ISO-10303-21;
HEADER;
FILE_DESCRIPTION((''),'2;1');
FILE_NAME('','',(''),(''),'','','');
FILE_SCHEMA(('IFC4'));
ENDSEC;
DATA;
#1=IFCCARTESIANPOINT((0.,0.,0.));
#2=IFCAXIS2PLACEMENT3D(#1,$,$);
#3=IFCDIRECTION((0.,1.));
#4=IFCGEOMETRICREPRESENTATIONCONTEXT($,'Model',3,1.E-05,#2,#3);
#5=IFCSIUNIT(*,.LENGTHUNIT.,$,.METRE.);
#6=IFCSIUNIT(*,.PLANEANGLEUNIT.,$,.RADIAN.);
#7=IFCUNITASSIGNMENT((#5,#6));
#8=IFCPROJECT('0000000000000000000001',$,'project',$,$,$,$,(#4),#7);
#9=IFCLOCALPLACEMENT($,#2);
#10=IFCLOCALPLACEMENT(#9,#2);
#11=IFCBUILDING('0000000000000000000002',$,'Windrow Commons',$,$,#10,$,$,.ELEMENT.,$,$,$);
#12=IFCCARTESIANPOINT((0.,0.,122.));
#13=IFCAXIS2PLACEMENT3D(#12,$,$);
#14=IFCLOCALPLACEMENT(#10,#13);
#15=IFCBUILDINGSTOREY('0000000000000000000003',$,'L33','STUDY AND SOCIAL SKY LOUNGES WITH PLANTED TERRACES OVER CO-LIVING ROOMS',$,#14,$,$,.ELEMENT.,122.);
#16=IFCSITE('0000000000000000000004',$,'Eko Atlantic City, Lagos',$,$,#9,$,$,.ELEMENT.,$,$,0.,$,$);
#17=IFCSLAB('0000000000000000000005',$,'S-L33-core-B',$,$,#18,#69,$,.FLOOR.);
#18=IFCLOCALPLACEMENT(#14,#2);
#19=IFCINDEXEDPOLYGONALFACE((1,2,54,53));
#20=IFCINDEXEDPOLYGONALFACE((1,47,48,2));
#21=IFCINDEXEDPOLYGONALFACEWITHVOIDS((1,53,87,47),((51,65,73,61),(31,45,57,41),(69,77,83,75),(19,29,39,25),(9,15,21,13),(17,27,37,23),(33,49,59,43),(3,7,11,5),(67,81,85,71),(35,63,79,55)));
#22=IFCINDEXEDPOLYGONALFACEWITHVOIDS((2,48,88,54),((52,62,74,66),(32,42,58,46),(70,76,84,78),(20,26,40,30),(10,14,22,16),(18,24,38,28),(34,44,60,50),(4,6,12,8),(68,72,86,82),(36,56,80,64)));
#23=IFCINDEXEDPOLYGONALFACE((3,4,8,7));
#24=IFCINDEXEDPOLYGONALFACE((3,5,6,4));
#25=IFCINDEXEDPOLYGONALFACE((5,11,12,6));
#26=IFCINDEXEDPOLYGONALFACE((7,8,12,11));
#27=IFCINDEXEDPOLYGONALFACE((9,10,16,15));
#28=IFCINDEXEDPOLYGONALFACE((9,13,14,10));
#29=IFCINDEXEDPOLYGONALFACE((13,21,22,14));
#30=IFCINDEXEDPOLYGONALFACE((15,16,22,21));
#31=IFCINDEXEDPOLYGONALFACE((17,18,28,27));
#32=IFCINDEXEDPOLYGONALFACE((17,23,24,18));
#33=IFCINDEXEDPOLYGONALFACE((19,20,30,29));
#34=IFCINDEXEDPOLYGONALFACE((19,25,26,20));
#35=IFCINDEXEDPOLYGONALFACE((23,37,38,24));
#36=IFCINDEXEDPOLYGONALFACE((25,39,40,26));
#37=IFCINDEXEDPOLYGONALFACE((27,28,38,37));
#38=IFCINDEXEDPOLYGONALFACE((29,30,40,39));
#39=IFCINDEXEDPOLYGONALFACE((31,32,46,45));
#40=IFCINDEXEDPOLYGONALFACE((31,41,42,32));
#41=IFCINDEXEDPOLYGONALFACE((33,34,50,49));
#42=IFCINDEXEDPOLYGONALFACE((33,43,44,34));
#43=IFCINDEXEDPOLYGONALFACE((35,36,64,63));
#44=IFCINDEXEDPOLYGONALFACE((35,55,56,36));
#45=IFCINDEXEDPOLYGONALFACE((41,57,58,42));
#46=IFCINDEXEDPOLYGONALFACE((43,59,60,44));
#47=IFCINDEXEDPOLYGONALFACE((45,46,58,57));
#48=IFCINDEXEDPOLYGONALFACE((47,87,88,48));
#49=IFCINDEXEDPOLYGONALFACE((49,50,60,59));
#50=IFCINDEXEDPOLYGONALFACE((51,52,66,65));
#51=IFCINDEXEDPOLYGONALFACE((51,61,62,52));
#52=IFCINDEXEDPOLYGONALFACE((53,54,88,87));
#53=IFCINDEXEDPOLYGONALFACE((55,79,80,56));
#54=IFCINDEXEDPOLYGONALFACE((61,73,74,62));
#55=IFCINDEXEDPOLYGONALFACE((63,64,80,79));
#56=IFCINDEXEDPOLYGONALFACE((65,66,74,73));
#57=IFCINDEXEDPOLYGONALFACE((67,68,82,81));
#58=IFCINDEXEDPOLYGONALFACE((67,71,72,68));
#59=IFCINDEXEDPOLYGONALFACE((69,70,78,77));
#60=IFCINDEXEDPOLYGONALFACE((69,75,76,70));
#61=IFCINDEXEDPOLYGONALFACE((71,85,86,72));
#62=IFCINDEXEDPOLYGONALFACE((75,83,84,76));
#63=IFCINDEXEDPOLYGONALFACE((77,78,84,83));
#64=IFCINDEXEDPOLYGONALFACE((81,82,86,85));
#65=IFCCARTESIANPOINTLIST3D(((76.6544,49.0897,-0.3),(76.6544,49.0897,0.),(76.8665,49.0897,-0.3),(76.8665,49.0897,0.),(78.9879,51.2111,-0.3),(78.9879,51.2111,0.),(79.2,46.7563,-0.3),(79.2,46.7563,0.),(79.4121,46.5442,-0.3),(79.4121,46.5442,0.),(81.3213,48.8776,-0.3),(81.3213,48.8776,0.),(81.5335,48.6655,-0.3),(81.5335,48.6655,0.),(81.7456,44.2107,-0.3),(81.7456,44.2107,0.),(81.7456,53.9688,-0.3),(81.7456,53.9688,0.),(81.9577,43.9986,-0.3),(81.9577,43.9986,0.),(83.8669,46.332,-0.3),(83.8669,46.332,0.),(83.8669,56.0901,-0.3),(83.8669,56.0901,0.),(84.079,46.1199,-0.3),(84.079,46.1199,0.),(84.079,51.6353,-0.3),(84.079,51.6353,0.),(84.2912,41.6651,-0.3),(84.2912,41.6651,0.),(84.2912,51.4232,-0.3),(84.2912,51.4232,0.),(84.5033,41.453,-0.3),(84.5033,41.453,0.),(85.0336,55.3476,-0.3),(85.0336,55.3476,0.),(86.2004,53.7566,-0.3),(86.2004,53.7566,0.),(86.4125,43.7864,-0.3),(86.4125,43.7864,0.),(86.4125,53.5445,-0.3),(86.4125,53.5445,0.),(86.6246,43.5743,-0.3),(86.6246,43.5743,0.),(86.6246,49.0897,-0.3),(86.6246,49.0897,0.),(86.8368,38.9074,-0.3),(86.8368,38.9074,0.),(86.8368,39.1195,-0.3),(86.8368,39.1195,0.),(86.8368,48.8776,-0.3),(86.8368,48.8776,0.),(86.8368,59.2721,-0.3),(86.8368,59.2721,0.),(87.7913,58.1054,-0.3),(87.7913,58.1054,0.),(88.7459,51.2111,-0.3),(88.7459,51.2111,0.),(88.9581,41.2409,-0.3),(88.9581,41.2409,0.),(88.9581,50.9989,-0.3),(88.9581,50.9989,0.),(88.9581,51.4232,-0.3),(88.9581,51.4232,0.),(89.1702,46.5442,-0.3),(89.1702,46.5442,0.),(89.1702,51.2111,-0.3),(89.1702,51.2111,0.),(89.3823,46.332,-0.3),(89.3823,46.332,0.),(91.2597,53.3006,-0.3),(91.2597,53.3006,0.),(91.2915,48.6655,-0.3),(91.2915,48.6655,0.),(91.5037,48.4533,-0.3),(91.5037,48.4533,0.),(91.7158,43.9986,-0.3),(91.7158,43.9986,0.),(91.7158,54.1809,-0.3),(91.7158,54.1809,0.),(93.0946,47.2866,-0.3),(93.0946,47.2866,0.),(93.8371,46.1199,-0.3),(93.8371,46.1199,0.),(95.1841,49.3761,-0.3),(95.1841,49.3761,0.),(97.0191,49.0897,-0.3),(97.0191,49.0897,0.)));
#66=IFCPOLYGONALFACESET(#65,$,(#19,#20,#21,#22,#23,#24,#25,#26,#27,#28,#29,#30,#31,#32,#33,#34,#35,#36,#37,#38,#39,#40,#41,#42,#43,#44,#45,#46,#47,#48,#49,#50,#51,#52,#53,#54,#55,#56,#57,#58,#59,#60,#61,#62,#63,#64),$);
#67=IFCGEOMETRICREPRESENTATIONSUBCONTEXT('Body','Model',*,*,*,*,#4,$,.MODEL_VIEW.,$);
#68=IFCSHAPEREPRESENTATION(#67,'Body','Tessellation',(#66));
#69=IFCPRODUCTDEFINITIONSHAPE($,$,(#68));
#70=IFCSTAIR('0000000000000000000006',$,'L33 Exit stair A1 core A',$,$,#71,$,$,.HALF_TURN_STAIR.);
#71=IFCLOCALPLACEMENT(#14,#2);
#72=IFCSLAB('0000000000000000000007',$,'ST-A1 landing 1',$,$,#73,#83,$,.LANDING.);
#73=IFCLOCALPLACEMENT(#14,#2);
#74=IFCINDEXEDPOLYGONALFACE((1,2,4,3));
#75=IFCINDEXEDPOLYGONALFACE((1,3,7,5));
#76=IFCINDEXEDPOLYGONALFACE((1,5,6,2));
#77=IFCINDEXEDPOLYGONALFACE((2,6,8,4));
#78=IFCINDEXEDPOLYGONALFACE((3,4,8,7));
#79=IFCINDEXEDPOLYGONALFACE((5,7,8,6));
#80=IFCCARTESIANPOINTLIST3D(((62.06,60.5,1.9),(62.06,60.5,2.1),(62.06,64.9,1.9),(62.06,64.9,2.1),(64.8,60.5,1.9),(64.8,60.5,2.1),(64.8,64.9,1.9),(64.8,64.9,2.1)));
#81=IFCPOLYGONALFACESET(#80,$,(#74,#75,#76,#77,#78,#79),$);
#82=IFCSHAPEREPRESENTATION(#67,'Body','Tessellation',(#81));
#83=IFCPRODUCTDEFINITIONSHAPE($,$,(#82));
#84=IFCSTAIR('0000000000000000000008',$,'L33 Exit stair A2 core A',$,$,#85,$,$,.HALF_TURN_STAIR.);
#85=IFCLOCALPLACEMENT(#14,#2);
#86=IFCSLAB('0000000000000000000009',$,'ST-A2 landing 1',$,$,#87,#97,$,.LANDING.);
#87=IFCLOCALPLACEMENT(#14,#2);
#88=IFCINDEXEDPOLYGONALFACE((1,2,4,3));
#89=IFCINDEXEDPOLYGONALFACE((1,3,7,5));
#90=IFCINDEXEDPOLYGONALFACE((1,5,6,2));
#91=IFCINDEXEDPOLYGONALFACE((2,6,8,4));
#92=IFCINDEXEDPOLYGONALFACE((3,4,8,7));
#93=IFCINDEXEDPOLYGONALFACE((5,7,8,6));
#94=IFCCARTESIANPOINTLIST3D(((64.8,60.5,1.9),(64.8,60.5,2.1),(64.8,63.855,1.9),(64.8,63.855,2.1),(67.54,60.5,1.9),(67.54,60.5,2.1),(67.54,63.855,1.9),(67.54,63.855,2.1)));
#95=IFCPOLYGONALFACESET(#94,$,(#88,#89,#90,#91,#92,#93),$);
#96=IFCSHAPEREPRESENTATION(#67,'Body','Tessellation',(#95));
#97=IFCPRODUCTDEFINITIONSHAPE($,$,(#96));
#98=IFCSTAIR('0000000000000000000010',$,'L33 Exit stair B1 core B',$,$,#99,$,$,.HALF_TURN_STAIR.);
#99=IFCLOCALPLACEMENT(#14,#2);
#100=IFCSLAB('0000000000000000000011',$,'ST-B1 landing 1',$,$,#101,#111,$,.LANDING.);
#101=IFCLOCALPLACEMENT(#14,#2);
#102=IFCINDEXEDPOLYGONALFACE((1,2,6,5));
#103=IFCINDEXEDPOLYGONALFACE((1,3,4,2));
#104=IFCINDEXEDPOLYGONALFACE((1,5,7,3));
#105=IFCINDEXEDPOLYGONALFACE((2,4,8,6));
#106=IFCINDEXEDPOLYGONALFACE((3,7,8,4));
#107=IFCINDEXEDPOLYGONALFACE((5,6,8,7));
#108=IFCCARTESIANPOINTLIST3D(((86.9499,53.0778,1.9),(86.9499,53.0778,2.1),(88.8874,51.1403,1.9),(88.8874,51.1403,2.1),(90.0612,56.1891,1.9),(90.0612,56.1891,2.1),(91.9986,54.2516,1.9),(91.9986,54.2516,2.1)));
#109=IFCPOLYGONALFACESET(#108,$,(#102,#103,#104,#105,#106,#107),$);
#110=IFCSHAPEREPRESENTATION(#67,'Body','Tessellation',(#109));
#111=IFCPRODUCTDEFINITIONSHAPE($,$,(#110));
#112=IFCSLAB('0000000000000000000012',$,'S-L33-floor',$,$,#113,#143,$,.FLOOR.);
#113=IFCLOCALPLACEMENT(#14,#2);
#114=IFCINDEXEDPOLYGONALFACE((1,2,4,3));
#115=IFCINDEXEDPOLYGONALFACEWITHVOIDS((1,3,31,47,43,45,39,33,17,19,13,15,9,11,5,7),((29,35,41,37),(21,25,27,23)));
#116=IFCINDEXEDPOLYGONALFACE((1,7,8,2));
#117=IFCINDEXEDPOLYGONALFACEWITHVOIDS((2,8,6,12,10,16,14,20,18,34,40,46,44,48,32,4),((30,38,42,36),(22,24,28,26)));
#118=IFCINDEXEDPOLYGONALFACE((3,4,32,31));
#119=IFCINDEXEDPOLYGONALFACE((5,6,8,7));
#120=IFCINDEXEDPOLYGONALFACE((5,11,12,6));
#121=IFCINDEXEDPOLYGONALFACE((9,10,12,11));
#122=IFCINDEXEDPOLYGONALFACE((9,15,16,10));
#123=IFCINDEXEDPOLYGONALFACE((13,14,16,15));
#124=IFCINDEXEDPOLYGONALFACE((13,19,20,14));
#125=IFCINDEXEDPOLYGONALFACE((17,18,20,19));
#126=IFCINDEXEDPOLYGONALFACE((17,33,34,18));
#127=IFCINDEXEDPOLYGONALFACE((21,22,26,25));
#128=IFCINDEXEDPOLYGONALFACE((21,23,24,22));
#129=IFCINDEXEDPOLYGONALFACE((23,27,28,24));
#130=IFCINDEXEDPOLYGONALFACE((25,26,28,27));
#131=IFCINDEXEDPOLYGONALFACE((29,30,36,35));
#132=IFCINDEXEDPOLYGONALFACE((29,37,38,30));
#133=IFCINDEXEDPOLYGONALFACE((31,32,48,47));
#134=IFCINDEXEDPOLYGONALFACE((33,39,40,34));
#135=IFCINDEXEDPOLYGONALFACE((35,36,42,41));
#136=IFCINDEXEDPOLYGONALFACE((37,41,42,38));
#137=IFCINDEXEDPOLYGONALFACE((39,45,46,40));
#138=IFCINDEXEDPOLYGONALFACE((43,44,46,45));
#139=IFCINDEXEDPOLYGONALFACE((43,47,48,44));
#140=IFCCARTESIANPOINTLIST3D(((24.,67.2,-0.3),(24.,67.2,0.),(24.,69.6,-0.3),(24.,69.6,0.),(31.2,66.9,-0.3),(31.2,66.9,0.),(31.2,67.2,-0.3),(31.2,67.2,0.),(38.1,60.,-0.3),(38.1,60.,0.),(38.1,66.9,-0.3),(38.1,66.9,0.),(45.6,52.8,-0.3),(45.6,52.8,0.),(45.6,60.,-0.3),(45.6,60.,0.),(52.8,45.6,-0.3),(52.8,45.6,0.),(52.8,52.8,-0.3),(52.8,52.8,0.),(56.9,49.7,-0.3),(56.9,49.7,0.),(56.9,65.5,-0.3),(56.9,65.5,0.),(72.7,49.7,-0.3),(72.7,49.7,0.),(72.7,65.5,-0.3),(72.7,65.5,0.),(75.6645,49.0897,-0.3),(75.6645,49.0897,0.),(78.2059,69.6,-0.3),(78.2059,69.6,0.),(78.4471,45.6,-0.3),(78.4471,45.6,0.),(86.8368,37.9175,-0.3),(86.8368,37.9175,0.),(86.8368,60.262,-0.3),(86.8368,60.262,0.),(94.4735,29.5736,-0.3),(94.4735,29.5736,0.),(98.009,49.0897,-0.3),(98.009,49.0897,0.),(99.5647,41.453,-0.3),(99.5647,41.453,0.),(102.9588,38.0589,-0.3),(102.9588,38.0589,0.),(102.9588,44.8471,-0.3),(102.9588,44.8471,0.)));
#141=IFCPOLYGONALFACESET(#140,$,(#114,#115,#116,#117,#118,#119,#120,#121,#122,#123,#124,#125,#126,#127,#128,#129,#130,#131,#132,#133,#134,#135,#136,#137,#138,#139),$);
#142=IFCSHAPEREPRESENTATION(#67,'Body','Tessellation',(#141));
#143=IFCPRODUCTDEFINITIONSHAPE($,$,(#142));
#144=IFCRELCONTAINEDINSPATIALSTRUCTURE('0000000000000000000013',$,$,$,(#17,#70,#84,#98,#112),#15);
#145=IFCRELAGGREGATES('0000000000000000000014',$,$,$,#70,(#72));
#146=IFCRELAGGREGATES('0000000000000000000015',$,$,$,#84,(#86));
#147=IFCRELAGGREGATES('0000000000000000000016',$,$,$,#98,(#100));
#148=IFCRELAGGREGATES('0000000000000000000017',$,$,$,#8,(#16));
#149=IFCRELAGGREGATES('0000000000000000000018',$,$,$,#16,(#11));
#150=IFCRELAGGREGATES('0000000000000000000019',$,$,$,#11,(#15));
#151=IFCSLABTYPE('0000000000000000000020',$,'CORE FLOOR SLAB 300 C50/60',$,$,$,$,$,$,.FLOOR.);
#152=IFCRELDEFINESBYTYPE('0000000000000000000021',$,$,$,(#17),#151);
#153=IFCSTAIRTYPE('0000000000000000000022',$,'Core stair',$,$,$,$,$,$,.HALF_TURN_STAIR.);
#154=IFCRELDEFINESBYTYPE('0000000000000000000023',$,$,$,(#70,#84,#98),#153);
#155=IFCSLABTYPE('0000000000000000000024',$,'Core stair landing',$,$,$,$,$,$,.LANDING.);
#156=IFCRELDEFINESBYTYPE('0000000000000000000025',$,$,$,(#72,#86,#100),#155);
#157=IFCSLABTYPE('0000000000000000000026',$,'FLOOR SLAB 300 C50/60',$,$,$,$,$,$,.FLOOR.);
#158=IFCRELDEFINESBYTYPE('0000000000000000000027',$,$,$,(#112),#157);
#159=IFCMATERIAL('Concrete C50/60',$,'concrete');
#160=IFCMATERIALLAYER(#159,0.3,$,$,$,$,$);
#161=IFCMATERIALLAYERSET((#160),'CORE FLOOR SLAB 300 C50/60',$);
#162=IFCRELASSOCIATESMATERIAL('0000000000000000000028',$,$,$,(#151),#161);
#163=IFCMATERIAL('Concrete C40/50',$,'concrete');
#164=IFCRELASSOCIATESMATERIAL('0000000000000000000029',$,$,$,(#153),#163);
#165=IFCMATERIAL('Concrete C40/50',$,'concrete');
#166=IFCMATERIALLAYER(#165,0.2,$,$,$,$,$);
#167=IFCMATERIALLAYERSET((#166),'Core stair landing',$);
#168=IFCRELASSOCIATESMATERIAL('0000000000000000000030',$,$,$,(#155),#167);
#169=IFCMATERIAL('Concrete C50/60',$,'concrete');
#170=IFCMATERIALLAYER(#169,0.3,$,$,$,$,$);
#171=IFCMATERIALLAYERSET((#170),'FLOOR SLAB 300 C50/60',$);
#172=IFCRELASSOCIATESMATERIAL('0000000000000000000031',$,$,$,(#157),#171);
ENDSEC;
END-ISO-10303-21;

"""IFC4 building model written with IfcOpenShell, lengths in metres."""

from ifc_helpers import new_model, si_unit, direction, frame, origin, place, context, subcontext, project, spatial, polyline, outline, extrude, material, layer, layer_set, type_object, element, aggregate, save


model = new_model("IFC4")

# Units and contexts
model_context = context("Model", 3, precision=1e-05, world=origin(), true_north=direction((0.0, 1.0)))
body_context = subcontext(model_context, "Body", "Model", "MODEL_VIEW")
ifc_project = project(units=[si_unit("LENGTHUNIT", "METRE"), si_unit("PLANEANGLEUNIT", "RADIAN")], contexts=[model_context])

# Site, building, storey
site_placement = place(None, origin())
site = spatial("IfcSite", under=ifc_project, at=site_placement, Name="Eko Atlantic City, Lagos", CompositionType="ELEMENT", RefElevation=0.0)
building_placement = place(site_placement, origin())
building = spatial("IfcBuilding", under=site, at=building_placement, Name="Windrow Commons", CompositionType="ELEMENT")
storey_placement = place(building_placement, frame((0.0, 0.0, 122.0)))
storey = spatial("IfcBuildingStorey", under=building, at=storey_placement, Name="L33", Description="STUDY AND SOCIAL SKY LOUNGES WITH PLANTED TERRACES OVER CO-LIVING ROOMS", CompositionType="ELEMENT", Elevation=122.0)

# Slab, openings
ifc_material_1 = material(Name="Concrete C50/60", Category="concrete")
ifc_layer_1 = layer(ifc_material_1, 0.3)
ifc_layer_set_1 = layer_set([ifc_layer_1], Name="CORE FLOOR SLAB 300 C50/60")
slab_type_1 = type_object("IfcSlabType", Name="CORE FLOOR SLAB 300 C50/60", PredefinedType="FLOOR", material=ifc_layer_set_1)
placement_1 = place(storey_placement, frame((0.0, 0.0, -0.3)))
slab_1 = element("IfcSlab", 1, at=placement_1, inside=storey, type_object=slab_type_1, Name="S-L33-core-B", PredefinedType="FLOOR", context=body_context, shape_type="SweptSolid", body=[
    extrude(outline(polyline([(76.6544, 49.0897), (86.8368, 38.9074), (97.0191, 49.0897), (86.8368, 59.2721), (76.6544, 49.0897)]), holes=[polyline([(76.8665, 49.0897), (79.2, 46.7563), (81.3213, 48.8776), (78.9879, 51.2111), (76.8665, 49.0897)]), polyline([(79.4121, 46.5442), (81.7456, 44.2107), (83.8669, 46.332), (81.5335, 48.6655), (79.4121, 46.5442)]), polyline([(81.9577, 43.9986), (84.2912, 41.6651), (86.4125, 43.7864), (84.079, 46.1199), (81.9577, 43.9986)]), polyline([(84.5033, 41.453), (86.8368, 39.1195), (88.9581, 41.2409), (86.6246, 43.5743), (84.5033, 41.453)]), polyline([(81.7456, 53.9688), (84.079, 51.6353), (86.2004, 53.7566), (83.8669, 56.0901), (81.7456, 53.9688)]), polyline([(84.2912, 51.4232), (86.6246, 49.0897), (88.7459, 51.2111), (86.4125, 53.5445), (84.2912, 51.4232)]), polyline([(86.8368, 48.8776), (89.1702, 46.5442), (91.2915, 48.6655), (88.9581, 50.9989), (86.8368, 48.8776)]), polyline([(89.3823, 46.332), (91.7158, 43.9986), (93.8371, 46.1199), (91.5037, 48.4533), (89.3823, 46.332)]), polyline([(85.0336, 55.3476), (88.9581, 51.4232), (91.7158, 54.1809), (87.7913, 58.1054), (85.0336, 55.3476)]), polyline([(89.1702, 51.2111), (93.0946, 47.2866), (95.1841, 49.3761), (91.2597, 53.3006), (89.1702, 51.2111)])]), origin(), (0.0, 0.0, 1.0), 0.3),
])
opening_1_placement = place(placement_1, origin())
element("IfcOpeningElement", 2, at=opening_1_placement, cuts=slab_1, PredefinedType="OPENING", context=body_context, shape_type="SweptSolid", body=[
    extrude(outline(polyline([(76.8736, 49.0897), (78.9879, 51.204), (81.3142, 48.8776), (79.2, 46.7634), (76.8736, 49.0897)])), origin(), (0.0, 0.0, 1.0), 0.3),
])
opening_2_placement = place(placement_1, origin())
element("IfcOpeningElement", 3, at=opening_2_placement, cuts=slab_1, PredefinedType="OPENING", context=body_context, shape_type="SweptSolid", body=[
    extrude(outline(polyline([(79.4192, 46.5442), (81.5335, 48.6584), (83.8598, 46.332), (81.7456, 44.2178), (79.4192, 46.5442)])), origin(), (0.0, 0.0, 1.0), 0.3),
])
opening_3_placement = place(placement_1, origin())
element("IfcOpeningElement", 4, at=opening_3_placement, cuts=slab_1, PredefinedType="OPENING", context=body_context, shape_type="SweptSolid", body=[
    extrude(outline(polyline([(81.9648, 43.9986), (84.079, 46.1128), (86.4054, 43.7864), (84.2912, 41.6722), (81.9648, 43.9986)])), origin(), (0.0, 0.0, 1.0), 0.3),
])
opening_4_placement = place(placement_1, origin())
element("IfcOpeningElement", 5, at=opening_4_placement, cuts=slab_1, PredefinedType="OPENING", context=body_context, shape_type="SweptSolid", body=[
    extrude(outline(polyline([(84.5104, 41.453), (86.6246, 43.5672), (88.951, 41.2409), (86.8368, 39.1266), (84.5104, 41.453)])), origin(), (0.0, 0.0, 1.0), 0.3),
])
opening_5_placement = place(placement_1, origin())
element("IfcOpeningElement", 6, at=opening_5_placement, cuts=slab_1, PredefinedType="OPENING", context=body_context, shape_type="SweptSolid", body=[
    extrude(outline(polyline([(81.7527, 53.9688), (83.8669, 56.083), (86.1933, 53.7566), (84.079, 51.6424), (81.7527, 53.9688)])), origin(), (0.0, 0.0, 1.0), 0.3),
])
opening_6_placement = place(placement_1, origin())
element("IfcOpeningElement", 7, at=opening_6_placement, cuts=slab_1, PredefinedType="OPENING", context=body_context, shape_type="SweptSolid", body=[
    extrude(outline(polyline([(84.2983, 51.4232), (86.4125, 53.5374), (88.7388, 51.2111), (86.6246, 49.0968), (84.2983, 51.4232)])), origin(), (0.0, 0.0, 1.0), 0.3),
])
opening_7_placement = place(placement_1, origin())
element("IfcOpeningElement", 8, at=opening_7_placement, cuts=slab_1, PredefinedType="OPENING", context=body_context, shape_type="SweptSolid", body=[
    extrude(outline(polyline([(86.8439, 48.8776), (88.9581, 50.9918), (91.2844, 48.6655), (89.1702, 46.5513), (86.8439, 48.8776)])), origin(), (0.0, 0.0, 1.0), 0.3),
])
opening_8_placement = place(placement_1, origin())
element("IfcOpeningElement", 9, at=opening_8_placement, cuts=slab_1, PredefinedType="OPENING", context=body_context, shape_type="SweptSolid", body=[
    extrude(outline(polyline([(89.3894, 46.332), (91.5037, 48.4462), (93.83, 46.1199), (91.7158, 44.0057), (89.3894, 46.332)])), origin(), (0.0, 0.0, 1.0), 0.3),
])
opening_9_placement = place(placement_1, origin())
element("IfcOpeningElement", 10, at=opening_9_placement, cuts=slab_1, PredefinedType="OPENING", context=body_context, shape_type="SweptSolid", body=[
    extrude(outline(polyline([(85.0407, 55.3476), (87.7913, 58.0983), (91.7087, 54.1809), (88.9581, 51.4303), (85.0407, 55.3476)])), origin(), (0.0, 0.0, 1.0), 0.3),
])
opening_10_placement = place(placement_1, origin())
element("IfcOpeningElement", 11, at=opening_10_placement, cuts=slab_1, PredefinedType="OPENING", context=body_context, shape_type="SweptSolid", body=[
    extrude(outline(polyline([(89.1773, 51.2111), (91.2597, 53.2935), (95.177, 49.3761), (93.0946, 47.2937), (89.1773, 51.2111)])), origin(), (0.0, 0.0, 1.0), 0.3),
])

# Stairs, slabs
ifc_material_2 = material(Name="Concrete C40/50", Category="concrete")
stair_type = type_object("IfcStairType", Name="Core stair", PredefinedType="HALF_TURN_STAIR", material=ifc_material_2)
placement_2 = place(storey_placement, origin())
stair_1 = element("IfcStair", 12, at=placement_2, inside=storey, type_object=stair_type, Name="L33 Exit stair A1 core A", PredefinedType="HALF_TURN_STAIR")
ifc_material_3 = material(Name="Concrete C40/50", Category="concrete")
ifc_layer_2 = layer(ifc_material_3, 0.2)
ifc_layer_set_2 = layer_set([ifc_layer_2], Name="Core stair landing")
slab_type_2 = type_object("IfcSlabType", Name="Core stair landing", PredefinedType="LANDING", material=ifc_layer_set_2)
placement_3 = place(storey_placement, frame((0.0, 0.0, 1.9)))
slab_2 = element("IfcSlab", 13, at=placement_3, type_object=slab_type_2, Name="ST-A1 landing 1", PredefinedType="LANDING", context=body_context, shape_type="SweptSolid", body=[
    extrude(outline(polyline([(62.06, 60.5), (64.8, 60.5), (64.8, 64.9), (62.06, 64.9), (62.06, 60.5)])), origin(), (0.0, 0.0, 1.0), 0.2),
])
aggregate(stair_1, [slab_2])
stair_2 = element("IfcStair", 14, at=placement_2, inside=storey, type_object=stair_type, Name="L33 Exit stair A2 core A", PredefinedType="HALF_TURN_STAIR")
slab_3 = element("IfcSlab", 15, at=placement_3, type_object=slab_type_2, Name="ST-A2 landing 1", PredefinedType="LANDING", context=body_context, shape_type="SweptSolid", body=[
    extrude(outline(polyline([(64.8, 60.5), (67.54, 60.5), (67.54, 63.855), (64.8, 63.855), (64.8, 60.5)])), origin(), (0.0, 0.0, 1.0), 0.2),
])
aggregate(stair_2, [slab_3])
stair_3 = element("IfcStair", 16, at=placement_2, inside=storey, type_object=stair_type, Name="L33 Exit stair B1 core B", PredefinedType="HALF_TURN_STAIR")
slab_4 = element("IfcSlab", 17, at=placement_3, type_object=slab_type_2, Name="ST-B1 landing 1", PredefinedType="LANDING", context=body_context, shape_type="SweptSolid", body=[
    extrude(outline(polyline([(86.9499, 53.0778), (88.8874, 51.1403), (91.9986, 54.2516), (90.0612, 56.1891), (86.9499, 53.0778)])), origin(), (0.0, 0.0, 1.0), 0.2),
])
aggregate(stair_3, [slab_4])

# Slab, openings
ifc_material_4 = material(Name="Concrete C50/60", Category="concrete")
ifc_layer_3 = layer(ifc_material_4, 0.3)
ifc_layer_set_3 = layer_set([ifc_layer_3], Name="FLOOR SLAB 300 C50/60")
slab_type_3 = type_object("IfcSlabType", Name="FLOOR SLAB 300 C50/60", PredefinedType="FLOOR", material=ifc_layer_set_3)
slab_5 = element("IfcSlab", 18, at=placement_1, inside=storey, type_object=slab_type_3, Name="S-L33-floor", PredefinedType="FLOOR", context=body_context, shape_type="SweptSolid", body=[
    extrude(outline(polyline([(31.2, 67.2), (31.2, 66.9), (38.1, 66.9), (38.1, 60.0), (45.6, 60.0), (45.6, 52.8), (52.8, 52.8), (52.8, 45.6), (78.4471, 45.6), (94.4735, 29.5736), (102.9588, 38.0589), (99.5647, 41.453), (102.9588, 44.8471), (78.2059, 69.6), (24.0, 69.6), (24.0, 67.2), (31.2, 67.2)]), holes=[polyline([(75.6645, 49.0897), (86.8368, 60.262), (98.009, 49.0897), (86.8368, 37.9175), (75.6645, 49.0897)]), polyline([(56.9, 49.7), (56.9, 65.5), (72.7, 65.5), (72.7, 49.7), (56.9, 49.7)])]), origin(), (0.0, 0.0, 1.0), 0.3),
])
opening_11_placement = place(placement_1, origin())
element("IfcOpeningElement", 19, at=opening_11_placement, cuts=slab_5, PredefinedType="OPENING", context=body_context, shape_type="SweptSolid", body=[
    extrude(outline(polyline([(75.6716, 49.0897), (86.8368, 60.2549), (98.0019, 49.0897), (86.8368, 37.9246), (75.6716, 49.0897)])), origin(), (0.0, 0.0, 1.0), 0.3),
])
opening_12_placement = place(placement_1, origin())
element("IfcOpeningElement", 20, at=opening_12_placement, cuts=slab_5, PredefinedType="OPENING", context=body_context, shape_type="SweptSolid", body=[
    extrude(outline(polyline([(56.905, 49.705), (56.905, 65.495), (72.695, 65.495), (72.695, 49.705), (56.905, 49.705)])), origin(), (0.0, 0.0, 1.0), 0.3),
])

save(model, "model.ifc")
